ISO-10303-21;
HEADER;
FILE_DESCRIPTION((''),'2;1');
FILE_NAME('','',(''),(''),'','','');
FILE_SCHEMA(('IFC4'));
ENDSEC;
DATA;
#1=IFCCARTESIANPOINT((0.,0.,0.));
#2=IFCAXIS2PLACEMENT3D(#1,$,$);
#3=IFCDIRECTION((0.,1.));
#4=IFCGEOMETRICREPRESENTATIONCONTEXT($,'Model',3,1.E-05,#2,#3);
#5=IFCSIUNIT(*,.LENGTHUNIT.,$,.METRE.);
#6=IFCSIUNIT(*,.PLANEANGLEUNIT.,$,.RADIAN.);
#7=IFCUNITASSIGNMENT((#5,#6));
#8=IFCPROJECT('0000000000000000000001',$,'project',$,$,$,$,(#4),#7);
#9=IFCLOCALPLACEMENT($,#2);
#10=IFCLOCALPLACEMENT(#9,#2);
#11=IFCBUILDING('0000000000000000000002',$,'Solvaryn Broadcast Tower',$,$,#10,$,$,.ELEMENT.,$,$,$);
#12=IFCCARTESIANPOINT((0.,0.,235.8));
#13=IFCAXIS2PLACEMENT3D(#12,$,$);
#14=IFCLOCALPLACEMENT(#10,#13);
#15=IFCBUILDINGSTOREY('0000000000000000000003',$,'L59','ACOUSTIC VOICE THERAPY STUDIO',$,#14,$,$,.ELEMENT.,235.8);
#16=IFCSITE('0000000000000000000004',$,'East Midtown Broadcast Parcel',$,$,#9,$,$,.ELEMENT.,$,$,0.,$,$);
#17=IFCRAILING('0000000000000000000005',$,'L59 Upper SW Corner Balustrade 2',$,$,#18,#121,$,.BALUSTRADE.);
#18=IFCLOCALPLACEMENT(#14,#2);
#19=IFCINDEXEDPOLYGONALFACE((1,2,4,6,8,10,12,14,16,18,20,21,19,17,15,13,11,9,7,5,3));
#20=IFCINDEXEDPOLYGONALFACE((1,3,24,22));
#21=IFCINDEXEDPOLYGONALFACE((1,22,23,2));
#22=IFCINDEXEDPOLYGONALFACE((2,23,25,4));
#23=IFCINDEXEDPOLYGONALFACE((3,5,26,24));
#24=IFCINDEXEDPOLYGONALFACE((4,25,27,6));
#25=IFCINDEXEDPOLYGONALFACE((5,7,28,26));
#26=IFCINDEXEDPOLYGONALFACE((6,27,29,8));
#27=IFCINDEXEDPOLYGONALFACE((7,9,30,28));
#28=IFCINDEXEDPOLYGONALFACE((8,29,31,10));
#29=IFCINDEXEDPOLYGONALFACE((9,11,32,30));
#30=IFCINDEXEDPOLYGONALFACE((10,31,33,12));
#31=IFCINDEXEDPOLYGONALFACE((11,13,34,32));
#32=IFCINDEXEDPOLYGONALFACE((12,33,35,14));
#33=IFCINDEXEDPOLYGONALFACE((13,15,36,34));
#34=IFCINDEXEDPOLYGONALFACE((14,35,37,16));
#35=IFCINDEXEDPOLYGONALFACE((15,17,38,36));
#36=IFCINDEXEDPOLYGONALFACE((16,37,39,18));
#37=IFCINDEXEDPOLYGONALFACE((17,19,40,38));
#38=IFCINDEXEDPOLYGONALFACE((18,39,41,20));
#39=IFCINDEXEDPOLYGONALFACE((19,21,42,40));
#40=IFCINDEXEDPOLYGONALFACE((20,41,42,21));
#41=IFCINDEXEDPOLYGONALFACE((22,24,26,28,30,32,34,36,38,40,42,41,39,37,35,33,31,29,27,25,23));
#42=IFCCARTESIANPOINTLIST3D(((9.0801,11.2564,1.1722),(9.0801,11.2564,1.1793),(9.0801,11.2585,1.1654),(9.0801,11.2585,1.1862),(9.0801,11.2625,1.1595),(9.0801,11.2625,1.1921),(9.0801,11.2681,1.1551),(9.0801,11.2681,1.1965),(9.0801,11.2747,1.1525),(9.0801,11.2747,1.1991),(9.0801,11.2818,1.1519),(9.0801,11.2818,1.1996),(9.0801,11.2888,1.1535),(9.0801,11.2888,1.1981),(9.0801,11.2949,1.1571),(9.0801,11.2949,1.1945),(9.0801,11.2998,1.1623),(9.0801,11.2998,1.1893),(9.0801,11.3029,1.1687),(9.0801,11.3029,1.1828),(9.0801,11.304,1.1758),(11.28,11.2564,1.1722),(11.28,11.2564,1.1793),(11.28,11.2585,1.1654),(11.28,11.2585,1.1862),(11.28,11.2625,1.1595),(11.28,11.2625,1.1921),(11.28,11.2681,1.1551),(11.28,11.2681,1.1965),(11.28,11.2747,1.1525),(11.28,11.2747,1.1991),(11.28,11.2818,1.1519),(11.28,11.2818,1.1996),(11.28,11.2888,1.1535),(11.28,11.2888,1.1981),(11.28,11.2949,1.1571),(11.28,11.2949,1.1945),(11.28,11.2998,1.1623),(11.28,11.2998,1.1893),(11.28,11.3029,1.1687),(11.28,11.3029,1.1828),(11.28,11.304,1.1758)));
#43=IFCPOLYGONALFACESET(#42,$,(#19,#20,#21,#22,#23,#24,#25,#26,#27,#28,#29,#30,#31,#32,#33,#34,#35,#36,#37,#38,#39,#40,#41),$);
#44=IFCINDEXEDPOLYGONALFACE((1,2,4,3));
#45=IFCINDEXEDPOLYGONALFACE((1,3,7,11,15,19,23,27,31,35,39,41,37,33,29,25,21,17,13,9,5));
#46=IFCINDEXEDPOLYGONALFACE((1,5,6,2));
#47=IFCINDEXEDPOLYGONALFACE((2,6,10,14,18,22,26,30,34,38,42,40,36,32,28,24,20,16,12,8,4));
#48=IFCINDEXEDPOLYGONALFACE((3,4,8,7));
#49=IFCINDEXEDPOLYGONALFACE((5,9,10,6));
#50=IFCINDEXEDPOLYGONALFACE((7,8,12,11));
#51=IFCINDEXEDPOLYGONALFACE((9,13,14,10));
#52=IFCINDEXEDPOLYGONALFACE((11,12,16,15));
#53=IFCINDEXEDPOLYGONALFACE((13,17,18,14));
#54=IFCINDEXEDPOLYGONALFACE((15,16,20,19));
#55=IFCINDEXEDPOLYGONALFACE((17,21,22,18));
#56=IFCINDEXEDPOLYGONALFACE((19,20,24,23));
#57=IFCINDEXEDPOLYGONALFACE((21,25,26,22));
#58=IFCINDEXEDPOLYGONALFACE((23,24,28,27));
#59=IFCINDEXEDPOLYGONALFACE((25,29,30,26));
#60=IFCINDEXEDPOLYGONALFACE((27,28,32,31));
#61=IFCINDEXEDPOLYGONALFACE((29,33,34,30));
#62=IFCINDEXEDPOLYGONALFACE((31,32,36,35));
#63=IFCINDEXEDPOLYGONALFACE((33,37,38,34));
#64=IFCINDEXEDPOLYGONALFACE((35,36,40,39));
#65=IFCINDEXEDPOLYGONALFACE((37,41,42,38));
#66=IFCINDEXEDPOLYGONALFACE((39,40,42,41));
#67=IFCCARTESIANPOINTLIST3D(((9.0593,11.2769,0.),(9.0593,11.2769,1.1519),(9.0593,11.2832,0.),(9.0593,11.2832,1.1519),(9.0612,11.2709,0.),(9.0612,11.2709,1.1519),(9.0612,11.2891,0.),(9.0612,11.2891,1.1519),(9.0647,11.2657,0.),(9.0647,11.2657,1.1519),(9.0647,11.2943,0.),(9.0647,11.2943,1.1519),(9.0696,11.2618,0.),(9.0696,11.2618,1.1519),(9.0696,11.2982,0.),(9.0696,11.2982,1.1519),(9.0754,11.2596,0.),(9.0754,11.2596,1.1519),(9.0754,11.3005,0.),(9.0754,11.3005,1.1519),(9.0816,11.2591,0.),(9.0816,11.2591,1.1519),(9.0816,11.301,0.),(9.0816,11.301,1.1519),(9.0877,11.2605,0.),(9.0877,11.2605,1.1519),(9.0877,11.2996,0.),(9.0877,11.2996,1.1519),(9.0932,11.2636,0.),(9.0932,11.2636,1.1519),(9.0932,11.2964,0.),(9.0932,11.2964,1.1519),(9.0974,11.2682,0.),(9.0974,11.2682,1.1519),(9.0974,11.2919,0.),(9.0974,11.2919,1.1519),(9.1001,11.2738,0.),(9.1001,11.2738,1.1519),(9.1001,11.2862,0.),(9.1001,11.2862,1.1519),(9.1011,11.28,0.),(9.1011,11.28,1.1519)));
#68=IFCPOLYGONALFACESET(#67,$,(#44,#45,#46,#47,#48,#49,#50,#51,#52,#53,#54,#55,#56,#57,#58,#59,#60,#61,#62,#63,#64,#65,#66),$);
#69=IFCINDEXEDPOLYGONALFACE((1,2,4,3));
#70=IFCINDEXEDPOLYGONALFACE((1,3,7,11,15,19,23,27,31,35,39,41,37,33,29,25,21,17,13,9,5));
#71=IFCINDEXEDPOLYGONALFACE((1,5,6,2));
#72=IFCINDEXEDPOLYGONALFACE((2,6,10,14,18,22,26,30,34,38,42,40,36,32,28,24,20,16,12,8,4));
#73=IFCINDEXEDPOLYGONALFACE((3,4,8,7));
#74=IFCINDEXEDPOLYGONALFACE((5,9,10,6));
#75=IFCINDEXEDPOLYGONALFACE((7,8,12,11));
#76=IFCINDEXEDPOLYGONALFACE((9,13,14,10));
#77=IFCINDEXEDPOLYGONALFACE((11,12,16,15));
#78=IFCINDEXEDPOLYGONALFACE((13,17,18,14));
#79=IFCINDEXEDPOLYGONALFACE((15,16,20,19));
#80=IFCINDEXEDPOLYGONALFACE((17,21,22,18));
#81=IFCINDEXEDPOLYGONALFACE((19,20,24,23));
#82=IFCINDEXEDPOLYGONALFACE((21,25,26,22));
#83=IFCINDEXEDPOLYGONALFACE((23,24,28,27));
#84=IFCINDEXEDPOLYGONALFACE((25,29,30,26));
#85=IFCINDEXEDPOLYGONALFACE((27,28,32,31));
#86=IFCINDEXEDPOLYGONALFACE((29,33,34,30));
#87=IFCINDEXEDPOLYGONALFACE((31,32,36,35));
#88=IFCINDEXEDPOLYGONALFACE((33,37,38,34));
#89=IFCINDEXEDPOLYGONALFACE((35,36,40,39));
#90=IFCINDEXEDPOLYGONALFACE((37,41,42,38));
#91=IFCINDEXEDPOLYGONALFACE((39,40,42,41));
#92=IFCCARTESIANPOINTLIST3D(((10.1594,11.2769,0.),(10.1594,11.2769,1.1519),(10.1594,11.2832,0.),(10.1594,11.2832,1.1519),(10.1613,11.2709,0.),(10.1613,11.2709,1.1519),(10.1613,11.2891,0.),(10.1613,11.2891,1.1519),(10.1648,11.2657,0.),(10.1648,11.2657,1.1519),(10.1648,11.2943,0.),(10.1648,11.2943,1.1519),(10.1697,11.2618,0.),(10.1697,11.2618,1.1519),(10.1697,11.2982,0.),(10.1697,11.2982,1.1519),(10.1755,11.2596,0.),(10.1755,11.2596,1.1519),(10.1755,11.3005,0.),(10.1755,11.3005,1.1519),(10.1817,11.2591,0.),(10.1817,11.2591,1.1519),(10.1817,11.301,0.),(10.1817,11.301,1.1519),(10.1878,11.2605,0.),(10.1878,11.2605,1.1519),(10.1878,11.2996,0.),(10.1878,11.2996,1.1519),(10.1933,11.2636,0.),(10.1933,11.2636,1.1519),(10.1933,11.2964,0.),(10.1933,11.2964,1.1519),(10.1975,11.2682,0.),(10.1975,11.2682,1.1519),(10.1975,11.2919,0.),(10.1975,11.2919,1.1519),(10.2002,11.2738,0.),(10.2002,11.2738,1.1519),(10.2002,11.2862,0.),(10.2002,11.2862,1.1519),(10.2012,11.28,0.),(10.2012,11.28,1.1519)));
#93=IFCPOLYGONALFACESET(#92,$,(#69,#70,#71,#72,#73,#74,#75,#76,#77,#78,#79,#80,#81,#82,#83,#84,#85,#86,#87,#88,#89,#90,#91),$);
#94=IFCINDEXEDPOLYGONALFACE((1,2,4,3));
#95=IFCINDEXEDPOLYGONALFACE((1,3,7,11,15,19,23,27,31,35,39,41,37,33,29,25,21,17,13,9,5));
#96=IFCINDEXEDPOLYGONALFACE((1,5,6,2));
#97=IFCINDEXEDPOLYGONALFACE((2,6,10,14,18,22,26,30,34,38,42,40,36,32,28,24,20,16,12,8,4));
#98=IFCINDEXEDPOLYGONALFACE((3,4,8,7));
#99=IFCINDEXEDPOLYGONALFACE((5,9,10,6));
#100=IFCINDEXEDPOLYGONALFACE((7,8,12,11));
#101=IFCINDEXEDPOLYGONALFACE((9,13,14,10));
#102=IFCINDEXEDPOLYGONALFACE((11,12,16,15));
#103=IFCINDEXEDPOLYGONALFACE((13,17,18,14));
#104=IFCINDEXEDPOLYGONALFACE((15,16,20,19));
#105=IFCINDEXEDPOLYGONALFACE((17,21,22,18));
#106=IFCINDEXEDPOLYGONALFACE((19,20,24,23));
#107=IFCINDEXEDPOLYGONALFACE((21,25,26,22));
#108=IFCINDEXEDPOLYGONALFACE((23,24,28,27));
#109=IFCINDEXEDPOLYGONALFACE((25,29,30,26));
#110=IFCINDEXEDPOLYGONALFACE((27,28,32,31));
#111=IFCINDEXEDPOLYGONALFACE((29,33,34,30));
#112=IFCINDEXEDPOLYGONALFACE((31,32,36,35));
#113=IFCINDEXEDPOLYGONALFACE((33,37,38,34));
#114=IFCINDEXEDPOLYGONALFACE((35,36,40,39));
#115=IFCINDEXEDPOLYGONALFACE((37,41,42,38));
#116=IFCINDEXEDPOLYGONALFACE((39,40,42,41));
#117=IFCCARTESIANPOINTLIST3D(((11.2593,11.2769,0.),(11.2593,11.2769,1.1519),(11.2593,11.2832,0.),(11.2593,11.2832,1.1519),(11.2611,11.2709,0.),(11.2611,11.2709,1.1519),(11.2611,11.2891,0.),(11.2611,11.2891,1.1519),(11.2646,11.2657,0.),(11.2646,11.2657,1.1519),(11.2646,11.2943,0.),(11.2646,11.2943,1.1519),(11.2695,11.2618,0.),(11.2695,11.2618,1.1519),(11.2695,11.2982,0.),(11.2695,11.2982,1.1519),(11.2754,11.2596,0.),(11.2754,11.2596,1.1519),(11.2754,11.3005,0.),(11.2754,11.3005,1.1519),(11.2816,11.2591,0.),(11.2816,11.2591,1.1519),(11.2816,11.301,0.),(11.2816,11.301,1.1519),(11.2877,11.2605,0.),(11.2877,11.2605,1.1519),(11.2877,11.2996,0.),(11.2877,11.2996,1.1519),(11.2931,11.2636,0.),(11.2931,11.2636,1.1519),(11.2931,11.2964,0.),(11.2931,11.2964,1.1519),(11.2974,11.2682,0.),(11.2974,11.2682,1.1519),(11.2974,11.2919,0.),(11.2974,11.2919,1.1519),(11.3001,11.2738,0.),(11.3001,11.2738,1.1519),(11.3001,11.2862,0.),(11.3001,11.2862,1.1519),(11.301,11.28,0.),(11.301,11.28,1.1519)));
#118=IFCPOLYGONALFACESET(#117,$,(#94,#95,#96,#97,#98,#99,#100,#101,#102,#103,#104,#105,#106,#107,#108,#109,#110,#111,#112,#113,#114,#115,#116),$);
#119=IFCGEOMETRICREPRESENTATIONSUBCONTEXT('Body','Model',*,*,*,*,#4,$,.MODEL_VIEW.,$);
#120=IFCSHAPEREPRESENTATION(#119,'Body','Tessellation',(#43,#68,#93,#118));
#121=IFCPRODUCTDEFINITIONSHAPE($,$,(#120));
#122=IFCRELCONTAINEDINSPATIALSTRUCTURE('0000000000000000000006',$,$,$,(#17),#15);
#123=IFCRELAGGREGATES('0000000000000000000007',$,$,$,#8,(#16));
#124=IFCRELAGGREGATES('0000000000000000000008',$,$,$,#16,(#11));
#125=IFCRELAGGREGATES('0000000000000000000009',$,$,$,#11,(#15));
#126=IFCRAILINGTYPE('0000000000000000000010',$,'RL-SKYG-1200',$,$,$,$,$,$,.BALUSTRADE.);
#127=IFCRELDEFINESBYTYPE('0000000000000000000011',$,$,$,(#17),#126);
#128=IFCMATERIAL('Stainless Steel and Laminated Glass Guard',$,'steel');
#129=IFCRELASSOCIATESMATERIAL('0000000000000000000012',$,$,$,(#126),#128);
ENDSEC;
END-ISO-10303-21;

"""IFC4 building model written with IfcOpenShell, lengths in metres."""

from ifc_helpers import new_model, si_unit, direction, frame, origin, origin_2d, place, context, subcontext, project, spatial, circle, extrude, material, type_object, element, save


model = new_model("IFC4")

# Units and contexts
model_context = context("Model", 3, precision=1e-05, world=origin(), true_north=direction((0.0, 1.0)))
body_context = subcontext(model_context, "Body", "Model", "MODEL_VIEW")
ifc_project = project(units=[si_unit("LENGTHUNIT", "METRE"), si_unit("PLANEANGLEUNIT", "RADIAN")], contexts=[model_context])

# Site, building, storey
site_placement = place(None, origin())
site = spatial("IfcSite", under=ifc_project, at=site_placement, Name="East Midtown Broadcast Parcel", CompositionType="ELEMENT", RefElevation=0.0)
building_placement = place(site_placement, origin())
building = spatial("IfcBuilding", under=site, at=building_placement, Name="Solvaryn Broadcast Tower", CompositionType="ELEMENT")
storey_placement = place(building_placement, frame((0.0, 0.0, 235.8)))
storey = spatial("IfcBuildingStorey", under=building, at=storey_placement, Name="L59", Description="ACOUSTIC VOICE THERAPY STUDIO", CompositionType="ELEMENT", Elevation=235.8)

# Railing
ifc_material_1 = material(Name="Stainless Steel and Laminated Glass Guard", Category="steel")
railing_type = type_object("IfcRailingType", Name="RL-SKYG-1200", PredefinedType="BALUSTRADE", material=ifc_material_1)
railing_1_placement = place(storey_placement, frame((9.0801, 11.28, 0.0)))
element("IfcRailing", 1, at=railing_1_placement, inside=storey, type_object=railing_type, Name="L59 Upper SW Corner Balustrade 2", PredefinedType="BALUSTRADE", context=body_context, shape_type="SweptSolid", body=[
    extrude(circle(Radius=0.0239, at=origin_2d()), frame((0.0, 0.0, 1.1758), z_axis=(1.0, 0.0, 0.0), x_axis=(0.0, 1.0, 0.0)), (0.0, 0.0, 1.0), 2.2),
    extrude(circle(Radius=0.021, at=origin_2d()), origin(), (0.0, 0.0, 1.0), 1.1519),
    extrude(circle(Radius=0.021, at=origin_2d()), frame((1.1001, 0.0, 0.0)), (0.0, 0.0, 1.0), 1.1519),
    extrude(circle(Radius=0.021, at=origin_2d()), frame((2.2, 0.0, 0.0)), (0.0, 0.0, 1.0), 1.1519),
])

save(model, "model.ifc")
